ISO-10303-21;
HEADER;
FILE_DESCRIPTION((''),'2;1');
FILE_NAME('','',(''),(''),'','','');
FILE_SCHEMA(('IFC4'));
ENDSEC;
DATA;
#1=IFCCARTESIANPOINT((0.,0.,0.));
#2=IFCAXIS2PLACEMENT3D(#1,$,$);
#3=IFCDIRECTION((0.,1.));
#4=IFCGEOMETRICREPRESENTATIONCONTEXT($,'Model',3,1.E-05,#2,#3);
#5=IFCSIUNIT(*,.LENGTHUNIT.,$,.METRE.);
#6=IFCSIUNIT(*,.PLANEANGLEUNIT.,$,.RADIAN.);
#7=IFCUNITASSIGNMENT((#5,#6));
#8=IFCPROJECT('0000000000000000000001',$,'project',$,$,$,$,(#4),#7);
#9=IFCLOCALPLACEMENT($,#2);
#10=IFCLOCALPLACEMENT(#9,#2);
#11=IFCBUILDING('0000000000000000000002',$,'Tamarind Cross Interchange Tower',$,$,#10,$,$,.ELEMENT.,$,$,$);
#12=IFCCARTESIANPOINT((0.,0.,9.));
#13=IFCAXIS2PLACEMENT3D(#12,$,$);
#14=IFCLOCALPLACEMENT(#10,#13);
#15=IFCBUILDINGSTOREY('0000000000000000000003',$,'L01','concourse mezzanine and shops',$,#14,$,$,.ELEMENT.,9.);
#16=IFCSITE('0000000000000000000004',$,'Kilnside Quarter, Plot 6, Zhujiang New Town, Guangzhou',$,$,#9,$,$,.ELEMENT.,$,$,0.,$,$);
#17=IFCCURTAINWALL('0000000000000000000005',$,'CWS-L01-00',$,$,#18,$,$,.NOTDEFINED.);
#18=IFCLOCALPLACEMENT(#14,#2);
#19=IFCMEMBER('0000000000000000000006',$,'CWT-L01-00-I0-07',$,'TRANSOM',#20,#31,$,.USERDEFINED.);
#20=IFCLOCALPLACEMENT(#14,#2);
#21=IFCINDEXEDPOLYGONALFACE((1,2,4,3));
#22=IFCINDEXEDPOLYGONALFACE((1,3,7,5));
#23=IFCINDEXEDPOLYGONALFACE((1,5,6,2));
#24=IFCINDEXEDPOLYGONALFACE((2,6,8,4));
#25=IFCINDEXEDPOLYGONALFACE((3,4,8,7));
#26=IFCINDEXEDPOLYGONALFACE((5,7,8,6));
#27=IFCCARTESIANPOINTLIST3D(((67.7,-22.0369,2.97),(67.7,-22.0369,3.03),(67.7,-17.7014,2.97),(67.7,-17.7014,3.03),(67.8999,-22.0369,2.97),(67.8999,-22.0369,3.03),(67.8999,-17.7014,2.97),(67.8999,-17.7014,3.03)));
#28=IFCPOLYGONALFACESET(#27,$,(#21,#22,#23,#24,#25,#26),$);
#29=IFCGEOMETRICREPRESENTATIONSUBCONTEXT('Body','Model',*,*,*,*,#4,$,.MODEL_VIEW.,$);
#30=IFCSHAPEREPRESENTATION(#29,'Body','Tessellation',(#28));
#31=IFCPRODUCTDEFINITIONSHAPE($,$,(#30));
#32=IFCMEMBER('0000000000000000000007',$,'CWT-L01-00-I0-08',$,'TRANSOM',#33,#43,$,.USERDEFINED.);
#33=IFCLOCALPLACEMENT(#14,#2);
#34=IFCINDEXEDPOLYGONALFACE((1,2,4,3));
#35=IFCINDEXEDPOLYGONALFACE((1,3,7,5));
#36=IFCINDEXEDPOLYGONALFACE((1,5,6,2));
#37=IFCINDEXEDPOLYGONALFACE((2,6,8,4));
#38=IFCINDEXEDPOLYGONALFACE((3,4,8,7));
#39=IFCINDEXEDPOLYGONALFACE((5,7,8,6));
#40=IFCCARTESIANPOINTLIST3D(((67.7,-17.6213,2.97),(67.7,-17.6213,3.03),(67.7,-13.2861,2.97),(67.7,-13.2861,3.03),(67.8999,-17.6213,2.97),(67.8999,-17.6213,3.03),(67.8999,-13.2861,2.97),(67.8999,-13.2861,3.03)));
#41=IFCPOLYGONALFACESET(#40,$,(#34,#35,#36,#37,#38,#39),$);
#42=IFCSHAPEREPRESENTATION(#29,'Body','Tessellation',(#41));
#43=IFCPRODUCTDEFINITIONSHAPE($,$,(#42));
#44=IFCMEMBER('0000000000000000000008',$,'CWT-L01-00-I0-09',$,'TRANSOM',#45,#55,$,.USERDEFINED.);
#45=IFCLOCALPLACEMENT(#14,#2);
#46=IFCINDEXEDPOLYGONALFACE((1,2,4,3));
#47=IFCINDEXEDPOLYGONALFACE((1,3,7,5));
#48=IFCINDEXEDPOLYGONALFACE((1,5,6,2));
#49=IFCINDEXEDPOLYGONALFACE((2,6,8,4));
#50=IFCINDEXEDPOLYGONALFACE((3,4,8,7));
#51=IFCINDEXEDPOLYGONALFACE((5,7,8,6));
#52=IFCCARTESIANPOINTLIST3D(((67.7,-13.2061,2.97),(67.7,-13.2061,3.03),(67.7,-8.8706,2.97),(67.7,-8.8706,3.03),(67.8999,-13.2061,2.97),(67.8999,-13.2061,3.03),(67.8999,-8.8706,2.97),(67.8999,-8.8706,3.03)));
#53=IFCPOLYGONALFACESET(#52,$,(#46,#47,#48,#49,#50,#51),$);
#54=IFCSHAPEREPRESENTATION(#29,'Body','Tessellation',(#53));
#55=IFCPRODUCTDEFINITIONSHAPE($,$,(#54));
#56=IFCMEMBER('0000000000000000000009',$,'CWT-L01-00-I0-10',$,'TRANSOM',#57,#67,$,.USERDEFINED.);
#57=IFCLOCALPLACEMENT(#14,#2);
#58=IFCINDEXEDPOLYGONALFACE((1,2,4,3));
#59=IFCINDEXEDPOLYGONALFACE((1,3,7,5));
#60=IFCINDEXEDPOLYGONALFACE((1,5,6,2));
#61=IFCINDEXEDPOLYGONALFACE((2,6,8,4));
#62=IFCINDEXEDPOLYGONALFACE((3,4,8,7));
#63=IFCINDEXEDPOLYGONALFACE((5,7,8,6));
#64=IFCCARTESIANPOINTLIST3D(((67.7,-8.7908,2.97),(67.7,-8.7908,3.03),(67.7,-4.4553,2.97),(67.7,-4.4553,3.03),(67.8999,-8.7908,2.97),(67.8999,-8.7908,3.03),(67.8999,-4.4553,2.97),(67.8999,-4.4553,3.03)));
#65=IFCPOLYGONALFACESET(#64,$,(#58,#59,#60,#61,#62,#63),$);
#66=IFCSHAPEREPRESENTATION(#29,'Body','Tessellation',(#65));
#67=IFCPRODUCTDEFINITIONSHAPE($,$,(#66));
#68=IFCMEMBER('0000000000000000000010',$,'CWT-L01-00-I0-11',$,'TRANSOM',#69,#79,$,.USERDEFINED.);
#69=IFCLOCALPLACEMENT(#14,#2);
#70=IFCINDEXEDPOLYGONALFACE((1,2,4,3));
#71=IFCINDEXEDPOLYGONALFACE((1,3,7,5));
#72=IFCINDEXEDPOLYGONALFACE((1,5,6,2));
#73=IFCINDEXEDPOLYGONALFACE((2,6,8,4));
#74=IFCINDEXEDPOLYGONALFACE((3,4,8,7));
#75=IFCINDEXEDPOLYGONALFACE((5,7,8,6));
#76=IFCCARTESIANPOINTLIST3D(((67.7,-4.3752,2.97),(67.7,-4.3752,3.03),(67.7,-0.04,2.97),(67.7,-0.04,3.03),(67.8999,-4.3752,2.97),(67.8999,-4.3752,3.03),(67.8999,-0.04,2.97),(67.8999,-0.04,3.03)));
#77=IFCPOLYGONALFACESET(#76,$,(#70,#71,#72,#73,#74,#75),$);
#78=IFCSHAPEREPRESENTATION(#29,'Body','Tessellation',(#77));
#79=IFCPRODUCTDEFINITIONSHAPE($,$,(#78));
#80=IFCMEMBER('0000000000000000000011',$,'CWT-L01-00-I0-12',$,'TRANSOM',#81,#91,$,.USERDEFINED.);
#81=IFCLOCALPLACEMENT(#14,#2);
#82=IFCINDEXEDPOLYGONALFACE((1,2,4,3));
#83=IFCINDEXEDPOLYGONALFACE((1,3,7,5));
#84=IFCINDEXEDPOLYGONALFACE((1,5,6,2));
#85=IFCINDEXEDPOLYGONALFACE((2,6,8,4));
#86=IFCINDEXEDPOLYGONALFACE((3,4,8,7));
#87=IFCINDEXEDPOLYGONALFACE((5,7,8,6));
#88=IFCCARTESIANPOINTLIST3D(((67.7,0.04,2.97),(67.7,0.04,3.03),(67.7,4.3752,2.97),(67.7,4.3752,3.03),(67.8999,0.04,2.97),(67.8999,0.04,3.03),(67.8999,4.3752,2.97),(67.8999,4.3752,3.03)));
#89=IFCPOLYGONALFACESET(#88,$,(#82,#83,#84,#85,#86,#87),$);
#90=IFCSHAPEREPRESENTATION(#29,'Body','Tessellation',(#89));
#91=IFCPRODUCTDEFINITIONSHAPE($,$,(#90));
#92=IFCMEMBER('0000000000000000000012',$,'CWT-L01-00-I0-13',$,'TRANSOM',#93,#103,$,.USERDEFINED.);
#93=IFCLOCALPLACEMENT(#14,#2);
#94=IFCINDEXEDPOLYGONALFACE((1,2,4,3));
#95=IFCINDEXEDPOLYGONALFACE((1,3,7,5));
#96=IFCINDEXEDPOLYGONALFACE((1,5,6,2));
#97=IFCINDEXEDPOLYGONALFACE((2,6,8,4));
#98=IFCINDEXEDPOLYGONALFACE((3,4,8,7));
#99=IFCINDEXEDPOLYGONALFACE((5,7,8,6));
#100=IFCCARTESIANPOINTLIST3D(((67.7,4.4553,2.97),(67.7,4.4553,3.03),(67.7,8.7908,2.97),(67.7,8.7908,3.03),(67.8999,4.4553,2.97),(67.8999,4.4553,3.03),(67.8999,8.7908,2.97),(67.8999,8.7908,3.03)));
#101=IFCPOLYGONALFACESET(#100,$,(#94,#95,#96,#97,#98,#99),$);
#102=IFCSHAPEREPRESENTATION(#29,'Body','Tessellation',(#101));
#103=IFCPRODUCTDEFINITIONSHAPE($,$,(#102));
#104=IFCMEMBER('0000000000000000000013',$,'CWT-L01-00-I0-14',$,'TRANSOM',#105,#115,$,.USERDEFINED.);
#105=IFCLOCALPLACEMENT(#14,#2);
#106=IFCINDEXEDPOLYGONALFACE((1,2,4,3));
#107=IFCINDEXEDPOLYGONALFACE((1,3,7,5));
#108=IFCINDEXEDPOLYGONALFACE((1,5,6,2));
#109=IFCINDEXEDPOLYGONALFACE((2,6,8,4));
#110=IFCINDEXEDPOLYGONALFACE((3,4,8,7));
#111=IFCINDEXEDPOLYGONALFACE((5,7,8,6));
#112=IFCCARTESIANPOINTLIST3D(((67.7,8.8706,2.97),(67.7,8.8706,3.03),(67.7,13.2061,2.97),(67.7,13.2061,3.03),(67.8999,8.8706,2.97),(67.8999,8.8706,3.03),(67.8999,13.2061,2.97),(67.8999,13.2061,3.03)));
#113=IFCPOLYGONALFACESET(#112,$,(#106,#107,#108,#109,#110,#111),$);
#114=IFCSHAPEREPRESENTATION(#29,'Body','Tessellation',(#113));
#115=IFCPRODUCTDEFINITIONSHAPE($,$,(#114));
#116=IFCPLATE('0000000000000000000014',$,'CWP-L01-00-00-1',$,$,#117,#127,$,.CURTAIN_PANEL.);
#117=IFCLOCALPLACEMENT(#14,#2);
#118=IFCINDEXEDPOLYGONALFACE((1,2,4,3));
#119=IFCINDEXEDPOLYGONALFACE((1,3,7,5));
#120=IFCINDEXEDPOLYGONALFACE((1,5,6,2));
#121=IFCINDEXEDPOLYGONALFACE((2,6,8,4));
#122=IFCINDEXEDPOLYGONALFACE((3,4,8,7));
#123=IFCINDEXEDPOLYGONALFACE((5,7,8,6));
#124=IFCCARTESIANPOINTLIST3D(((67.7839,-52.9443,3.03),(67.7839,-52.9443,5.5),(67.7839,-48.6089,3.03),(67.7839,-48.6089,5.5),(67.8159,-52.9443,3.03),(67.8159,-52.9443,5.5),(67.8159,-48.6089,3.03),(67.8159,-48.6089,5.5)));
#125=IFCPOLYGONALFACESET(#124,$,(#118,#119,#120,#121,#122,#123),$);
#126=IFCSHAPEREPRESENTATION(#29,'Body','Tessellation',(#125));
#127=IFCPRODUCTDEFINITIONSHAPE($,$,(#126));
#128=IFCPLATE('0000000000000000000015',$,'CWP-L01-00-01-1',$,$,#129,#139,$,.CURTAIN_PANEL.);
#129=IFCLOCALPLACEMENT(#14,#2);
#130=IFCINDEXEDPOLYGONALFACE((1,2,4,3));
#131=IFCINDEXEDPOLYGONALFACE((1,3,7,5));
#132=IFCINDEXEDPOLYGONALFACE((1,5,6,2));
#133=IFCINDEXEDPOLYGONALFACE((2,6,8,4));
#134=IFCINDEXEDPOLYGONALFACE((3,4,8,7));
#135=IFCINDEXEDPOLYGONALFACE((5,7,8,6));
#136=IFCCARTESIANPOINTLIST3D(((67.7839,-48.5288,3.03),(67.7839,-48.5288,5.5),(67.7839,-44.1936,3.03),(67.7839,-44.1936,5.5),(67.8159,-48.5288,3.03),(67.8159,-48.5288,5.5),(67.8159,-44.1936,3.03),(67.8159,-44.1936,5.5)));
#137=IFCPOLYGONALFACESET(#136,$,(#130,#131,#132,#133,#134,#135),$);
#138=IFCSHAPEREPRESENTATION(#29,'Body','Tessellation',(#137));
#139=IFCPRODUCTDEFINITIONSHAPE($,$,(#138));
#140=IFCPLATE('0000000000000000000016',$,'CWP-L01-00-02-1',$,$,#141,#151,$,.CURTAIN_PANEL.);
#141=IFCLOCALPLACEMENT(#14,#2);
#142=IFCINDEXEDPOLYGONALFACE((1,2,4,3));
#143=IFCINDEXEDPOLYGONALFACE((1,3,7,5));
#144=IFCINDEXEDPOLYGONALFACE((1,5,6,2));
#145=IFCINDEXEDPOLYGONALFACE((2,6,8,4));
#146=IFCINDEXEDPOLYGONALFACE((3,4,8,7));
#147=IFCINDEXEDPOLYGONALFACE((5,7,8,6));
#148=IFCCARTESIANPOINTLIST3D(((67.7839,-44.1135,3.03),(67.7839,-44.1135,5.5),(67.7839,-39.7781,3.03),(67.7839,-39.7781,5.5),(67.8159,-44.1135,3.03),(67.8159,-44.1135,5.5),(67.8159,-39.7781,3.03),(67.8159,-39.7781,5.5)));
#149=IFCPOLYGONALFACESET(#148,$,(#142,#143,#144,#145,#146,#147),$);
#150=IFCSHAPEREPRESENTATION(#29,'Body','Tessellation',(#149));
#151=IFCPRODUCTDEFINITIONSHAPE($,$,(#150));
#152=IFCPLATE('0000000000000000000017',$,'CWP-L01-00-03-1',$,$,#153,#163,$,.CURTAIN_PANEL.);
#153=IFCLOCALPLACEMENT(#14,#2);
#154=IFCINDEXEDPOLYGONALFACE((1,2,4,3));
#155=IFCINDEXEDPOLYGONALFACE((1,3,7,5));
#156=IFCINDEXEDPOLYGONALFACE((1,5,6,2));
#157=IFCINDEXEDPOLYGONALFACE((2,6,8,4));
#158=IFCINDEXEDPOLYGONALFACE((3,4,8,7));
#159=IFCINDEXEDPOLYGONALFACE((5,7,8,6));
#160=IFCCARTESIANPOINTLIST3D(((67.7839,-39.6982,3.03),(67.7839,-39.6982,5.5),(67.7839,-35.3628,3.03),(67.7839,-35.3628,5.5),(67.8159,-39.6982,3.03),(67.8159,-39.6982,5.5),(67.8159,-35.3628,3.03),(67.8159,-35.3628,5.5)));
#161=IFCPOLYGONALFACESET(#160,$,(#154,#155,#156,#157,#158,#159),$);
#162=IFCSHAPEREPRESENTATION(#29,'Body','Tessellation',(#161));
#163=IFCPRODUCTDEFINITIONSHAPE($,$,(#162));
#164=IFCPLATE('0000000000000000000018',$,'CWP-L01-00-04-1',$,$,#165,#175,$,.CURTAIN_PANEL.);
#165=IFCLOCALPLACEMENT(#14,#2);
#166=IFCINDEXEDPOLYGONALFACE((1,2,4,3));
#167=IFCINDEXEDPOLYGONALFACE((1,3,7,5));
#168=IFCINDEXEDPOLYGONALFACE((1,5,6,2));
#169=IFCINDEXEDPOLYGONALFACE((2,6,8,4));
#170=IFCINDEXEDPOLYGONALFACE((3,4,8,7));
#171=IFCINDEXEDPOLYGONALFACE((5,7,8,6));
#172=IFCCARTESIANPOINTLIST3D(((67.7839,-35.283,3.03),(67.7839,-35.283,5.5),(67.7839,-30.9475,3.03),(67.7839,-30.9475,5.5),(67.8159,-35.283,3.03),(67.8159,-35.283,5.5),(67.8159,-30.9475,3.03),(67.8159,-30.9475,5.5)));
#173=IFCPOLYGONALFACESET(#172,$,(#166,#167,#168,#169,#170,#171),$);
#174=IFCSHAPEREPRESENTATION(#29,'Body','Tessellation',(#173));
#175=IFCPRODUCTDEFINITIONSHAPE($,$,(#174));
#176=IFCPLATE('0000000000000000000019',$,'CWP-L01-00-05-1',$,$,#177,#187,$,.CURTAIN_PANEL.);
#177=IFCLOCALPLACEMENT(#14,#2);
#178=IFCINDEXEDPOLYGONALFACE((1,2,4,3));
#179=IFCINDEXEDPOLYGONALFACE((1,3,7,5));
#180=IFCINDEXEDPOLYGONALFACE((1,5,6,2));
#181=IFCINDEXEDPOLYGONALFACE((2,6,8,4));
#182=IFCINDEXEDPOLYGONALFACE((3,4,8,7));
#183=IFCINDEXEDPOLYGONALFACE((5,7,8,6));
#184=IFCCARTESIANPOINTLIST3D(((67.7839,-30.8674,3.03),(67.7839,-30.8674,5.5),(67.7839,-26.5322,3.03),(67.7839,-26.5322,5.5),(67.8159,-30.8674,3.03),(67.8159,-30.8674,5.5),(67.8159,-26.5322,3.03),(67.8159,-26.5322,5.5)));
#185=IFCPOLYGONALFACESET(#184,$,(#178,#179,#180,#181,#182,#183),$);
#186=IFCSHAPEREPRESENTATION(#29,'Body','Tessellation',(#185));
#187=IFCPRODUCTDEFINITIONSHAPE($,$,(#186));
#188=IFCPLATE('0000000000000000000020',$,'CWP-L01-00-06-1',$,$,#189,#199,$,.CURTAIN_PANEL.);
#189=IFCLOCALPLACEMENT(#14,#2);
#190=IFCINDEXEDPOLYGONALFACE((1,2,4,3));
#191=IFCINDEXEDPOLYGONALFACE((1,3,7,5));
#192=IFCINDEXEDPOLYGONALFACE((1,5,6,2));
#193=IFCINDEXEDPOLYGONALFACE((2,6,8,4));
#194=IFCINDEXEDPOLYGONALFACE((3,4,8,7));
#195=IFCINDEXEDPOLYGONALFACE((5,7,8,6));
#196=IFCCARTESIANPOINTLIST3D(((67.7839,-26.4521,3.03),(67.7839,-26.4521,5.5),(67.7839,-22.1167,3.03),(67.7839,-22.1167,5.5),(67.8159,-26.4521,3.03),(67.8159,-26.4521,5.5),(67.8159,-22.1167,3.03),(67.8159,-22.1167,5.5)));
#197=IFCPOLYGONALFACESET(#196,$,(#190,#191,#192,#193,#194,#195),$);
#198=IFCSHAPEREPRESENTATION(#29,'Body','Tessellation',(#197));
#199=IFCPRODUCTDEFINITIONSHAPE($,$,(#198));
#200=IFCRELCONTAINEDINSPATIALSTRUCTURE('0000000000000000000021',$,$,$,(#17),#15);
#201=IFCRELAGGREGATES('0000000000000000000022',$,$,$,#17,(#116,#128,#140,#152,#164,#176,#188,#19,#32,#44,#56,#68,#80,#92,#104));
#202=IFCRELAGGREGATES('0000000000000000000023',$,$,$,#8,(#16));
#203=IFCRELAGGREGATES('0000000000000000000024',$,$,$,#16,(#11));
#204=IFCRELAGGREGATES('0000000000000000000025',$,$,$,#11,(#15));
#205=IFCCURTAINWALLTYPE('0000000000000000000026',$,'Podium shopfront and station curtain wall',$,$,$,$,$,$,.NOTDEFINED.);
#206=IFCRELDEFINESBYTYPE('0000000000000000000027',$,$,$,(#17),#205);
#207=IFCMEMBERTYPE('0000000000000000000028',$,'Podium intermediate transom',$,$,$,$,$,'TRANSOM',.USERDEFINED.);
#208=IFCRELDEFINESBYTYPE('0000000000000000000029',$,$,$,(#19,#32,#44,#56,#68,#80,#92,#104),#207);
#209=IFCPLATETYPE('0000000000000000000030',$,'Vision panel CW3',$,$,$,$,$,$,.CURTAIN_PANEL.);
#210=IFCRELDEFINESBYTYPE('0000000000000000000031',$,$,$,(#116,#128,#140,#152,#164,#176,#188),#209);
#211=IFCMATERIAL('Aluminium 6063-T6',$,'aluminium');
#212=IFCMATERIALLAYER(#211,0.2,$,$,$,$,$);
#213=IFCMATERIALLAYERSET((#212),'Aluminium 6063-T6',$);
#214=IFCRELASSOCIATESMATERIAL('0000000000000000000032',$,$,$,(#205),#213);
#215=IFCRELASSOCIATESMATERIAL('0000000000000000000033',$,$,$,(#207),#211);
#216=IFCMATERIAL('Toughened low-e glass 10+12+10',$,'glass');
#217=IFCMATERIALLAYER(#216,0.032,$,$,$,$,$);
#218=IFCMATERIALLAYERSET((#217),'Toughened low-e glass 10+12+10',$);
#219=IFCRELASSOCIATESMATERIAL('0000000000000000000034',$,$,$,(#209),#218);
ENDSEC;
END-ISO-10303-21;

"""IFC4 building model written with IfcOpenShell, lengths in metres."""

from ifc_helpers import new_model, si_unit, direction, frame, origin, place, context, subcontext, project, spatial, polyline, outline, extrude, material, layer, layer_set, type_object, element, aggregate, save


model = new_model("IFC4")

# Units and contexts
model_context = context("Model", 3, precision=1e-05, world=origin(), true_north=direction((0.0, 1.0)))
body_context = subcontext(model_context, "Body", "Model", "MODEL_VIEW")
ifc_project = project(units=[si_unit("LENGTHUNIT", "METRE"), si_unit("PLANEANGLEUNIT", "RADIAN")], contexts=[model_context])

# Site, building, storey
site_placement = place(None, origin())
site = spatial("IfcSite", under=ifc_project, at=site_placement, Name="Kilnside Quarter, Plot 6, Zhujiang New Town, Guangzhou", CompositionType="ELEMENT", RefElevation=0.0)
building_placement = place(site_placement, origin())
building = spatial("IfcBuilding", under=site, at=building_placement, Name="Tamarind Cross Interchange Tower", CompositionType="ELEMENT")
storey_placement = place(building_placement, frame((0.0, 0.0, 9.0)))
storey = spatial("IfcBuildingStorey", under=building, at=storey_placement, Name="L01", Description="concourse mezzanine and shops", CompositionType="ELEMENT", Elevation=9.0)

# Curtain wall, members, plates
ifc_material_1 = material(Name="Aluminium 6063-T6", Category="aluminium")
ifc_layer_1 = layer(ifc_material_1, 0.2)
ifc_layer_set_1 = layer_set([ifc_layer_1], Name="Aluminium 6063-T6")
curtain_wall_type = type_object("IfcCurtainWallType", Name="Podium shopfront and station curtain wall", PredefinedType="NOTDEFINED", material=ifc_layer_set_1)
curtain_wall_placement = place(storey_placement, origin())
curtain_wall = element("IfcCurtainWall", 1, at=curtain_wall_placement, inside=storey, type_object=curtain_wall_type, Name="CWS-L01-00", PredefinedType="NOTDEFINED")
member_type = type_object("IfcMemberType", Name="Podium intermediate transom", ElementType="TRANSOM", PredefinedType="USERDEFINED", material=ifc_material_1)
member_1_placement = place(storey_placement, frame((0.0, 0.0, 2.97)))
member_1 = element("IfcMember", 2, at=member_1_placement, type_object=member_type, Name="CWT-L01-00-I0-07", ObjectType="TRANSOM", PredefinedType="USERDEFINED", context=body_context, shape_type="SweptSolid", body=[
    extrude(outline(polyline([(67.7, -22.0369), (67.7, -17.7014), (67.8999, -17.7014), (67.8999, -22.0369), (67.7, -22.0369)])), origin(), (0.0, 0.0, 1.0), 0.0601),
])
member_2_placement = place(storey_placement, frame((0.0, 0.0, 2.97)))
member_2 = element("IfcMember", 3, at=member_2_placement, type_object=member_type, Name="CWT-L01-00-I0-08", ObjectType="TRANSOM", PredefinedType="USERDEFINED", context=body_context, shape_type="SweptSolid", body=[
    extrude(outline(polyline([(67.7, -17.6213), (67.7, -13.2861), (67.8999, -13.2861), (67.8999, -17.6213), (67.7, -17.6213)])), origin(), (0.0, 0.0, 1.0), 0.0601),
])
member_3_placement = place(storey_placement, frame((0.0, 0.0, 2.97)))
member_3 = element("IfcMember", 4, at=member_3_placement, type_object=member_type, Name="CWT-L01-00-I0-09", ObjectType="TRANSOM", PredefinedType="USERDEFINED", context=body_context, shape_type="SweptSolid", body=[
    extrude(outline(polyline([(67.7, -13.2061), (67.7, -8.8706), (67.8999, -8.8706), (67.8999, -13.2061), (67.7, -13.2061)])), origin(), (0.0, 0.0, 1.0), 0.0601),
])
member_4_placement = place(storey_placement, frame((0.0, 0.0, 2.97)))
member_4 = element("IfcMember", 5, at=member_4_placement, type_object=member_type, Name="CWT-L01-00-I0-10", ObjectType="TRANSOM", PredefinedType="USERDEFINED", context=body_context, shape_type="SweptSolid", body=[
    extrude(outline(polyline([(67.7, -8.7908), (67.7, -4.4553), (67.8999, -4.4553), (67.8999, -8.7908), (67.7, -8.7908)])), origin(), (0.0, 0.0, 1.0), 0.0601),
])
member_5_placement = place(storey_placement, frame((0.0, 0.0, 2.97)))
member_5 = element("IfcMember", 6, at=member_5_placement, type_object=member_type, Name="CWT-L01-00-I0-11", ObjectType="TRANSOM", PredefinedType="USERDEFINED", context=body_context, shape_type="SweptSolid", body=[
    extrude(outline(polyline([(67.7, -4.3752), (67.7, -0.04), (67.8999, -0.04), (67.8999, -4.3752), (67.7, -4.3752)])), origin(), (0.0, 0.0, 1.0), 0.0601),
])
member_6_placement = place(storey_placement, frame((0.0, 0.0, 2.97)))
member_6 = element("IfcMember", 7, at=member_6_placement, type_object=member_type, Name="CWT-L01-00-I0-12", ObjectType="TRANSOM", PredefinedType="USERDEFINED", context=body_context, shape_type="SweptSolid", body=[
    extrude(outline(polyline([(67.7, 0.04), (67.7, 4.3752), (67.8999, 4.3752), (67.8999, 0.04), (67.7, 0.04)])), origin(), (0.0, 0.0, 1.0), 0.0601),
])
member_7_placement = place(storey_placement, frame((0.0, 0.0, 2.97)))
member_7 = element("IfcMember", 8, at=member_7_placement, type_object=member_type, Name="CWT-L01-00-I0-13", ObjectType="TRANSOM", PredefinedType="USERDEFINED", context=body_context, shape_type="SweptSolid", body=[
    extrude(outline(polyline([(67.7, 4.4553), (67.7, 8.7908), (67.8999, 8.7908), (67.8999, 4.4553), (67.7, 4.4553)])), origin(), (0.0, 0.0, 1.0), 0.0601),
])
member_8_placement = place(storey_placement, frame((0.0, 0.0, 2.97)))
member_8 = element("IfcMember", 9, at=member_8_placement, type_object=member_type, Name="CWT-L01-00-I0-14", ObjectType="TRANSOM", PredefinedType="USERDEFINED", context=body_context, shape_type="SweptSolid", body=[
    extrude(outline(polyline([(67.7, 8.8706), (67.7, 13.2061), (67.8999, 13.2061), (67.8999, 8.8706), (67.7, 8.8706)])), origin(), (0.0, 0.0, 1.0), 0.0601),
])
ifc_material_2 = material(Name="Toughened low-e glass 10+12+10", Category="glass")
ifc_layer_2 = layer(ifc_material_2, 0.032)
ifc_layer_set_2 = layer_set([ifc_layer_2], Name="Toughened low-e glass 10+12+10")
plate_type = type_object("IfcPlateType", Name="Vision panel CW3", PredefinedType="CURTAIN_PANEL", material=ifc_layer_set_2)
plate_1_placement = place(storey_placement, frame((0.0, 0.0, 3.03)))
plate_1 = element("IfcPlate", 10, at=plate_1_placement, type_object=plate_type, Name="CWP-L01-00-00-1", PredefinedType="CURTAIN_PANEL", context=body_context, shape_type="SweptSolid", body=[
    extrude(outline(polyline([(67.7839, -52.9443), (67.7839, -48.6089), (67.8159, -48.6089), (67.8159, -52.9443), (67.7839, -52.9443)])), origin(), (0.0, 0.0, 1.0), 2.47),
])
plate_2_placement = place(storey_placement, frame((0.0, 0.0, 3.03)))
plate_2 = element("IfcPlate", 11, at=plate_2_placement, type_object=plate_type, Name="CWP-L01-00-01-1", PredefinedType="CURTAIN_PANEL", context=body_context, shape_type="SweptSolid", body=[
    extrude(outline(polyline([(67.7839, -48.5288), (67.7839, -44.1936), (67.8159, -44.1936), (67.8159, -48.5288), (67.7839, -48.5288)])), origin(), (0.0, 0.0, 1.0), 2.47),
])
plate_3_placement = place(storey_placement, frame((0.0, 0.0, 3.03)))
plate_3 = element("IfcPlate", 12, at=plate_3_placement, type_object=plate_type, Name="CWP-L01-00-02-1", PredefinedType="CURTAIN_PANEL", context=body_context, shape_type="SweptSolid", body=[
    extrude(outline(polyline([(67.7839, -44.1135), (67.7839, -39.7781), (67.8159, -39.7781), (67.8159, -44.1135), (67.7839, -44.1135)])), origin(), (0.0, 0.0, 1.0), 2.47),
])
plate_4_placement = place(storey_placement, frame((0.0, 0.0, 3.03)))
plate_4 = element("IfcPlate", 13, at=plate_4_placement, type_object=plate_type, Name="CWP-L01-00-03-1", PredefinedType="CURTAIN_PANEL", context=body_context, shape_type="SweptSolid", body=[
    extrude(outline(polyline([(67.7839, -39.6982), (67.7839, -35.3628), (67.8159, -35.3628), (67.8159, -39.6982), (67.7839, -39.6982)])), origin(), (0.0, 0.0, 1.0), 2.47),
])
plate_5_placement = place(storey_placement, frame((0.0, 0.0, 3.03)))
plate_5 = element("IfcPlate", 14, at=plate_5_placement, type_object=plate_type, Name="CWP-L01-00-04-1", PredefinedType="CURTAIN_PANEL", context=body_context, shape_type="SweptSolid", body=[
    extrude(outline(polyline([(67.7839, -35.283), (67.7839, -30.9475), (67.8159, -30.9475), (67.8159, -35.283), (67.7839, -35.283)])), origin(), (0.0, 0.0, 1.0), 2.47),
])
plate_6_placement = place(storey_placement, frame((0.0, 0.0, 3.03)))
plate_6 = element("IfcPlate", 15, at=plate_6_placement, type_object=plate_type, Name="CWP-L01-00-05-1", PredefinedType="CURTAIN_PANEL", context=body_context, shape_type="SweptSolid", body=[
    extrude(outline(polyline([(67.7839, -30.8674), (67.7839, -26.5322), (67.8159, -26.5322), (67.8159, -30.8674), (67.7839, -30.8674)])), origin(), (0.0, 0.0, 1.0), 2.47),
])
plate_7_placement = place(storey_placement, frame((0.0, 0.0, 3.03)))
plate_7 = element("IfcPlate", 16, at=plate_7_placement, type_object=plate_type, Name="CWP-L01-00-06-1", PredefinedType="CURTAIN_PANEL", context=body_context, shape_type="SweptSolid", body=[
    extrude(outline(polyline([(67.7839, -26.4521), (67.7839, -22.1167), (67.8159, -22.1167), (67.8159, -26.4521), (67.7839, -26.4521)])), origin(), (0.0, 0.0, 1.0), 2.47),
])
aggregate(curtain_wall, [plate_1, plate_2, plate_3, plate_4, plate_5, plate_6, plate_7, member_1, member_2, member_3, member_4, member_5, member_6, member_7, member_8])

save(model, "model.ifc")
